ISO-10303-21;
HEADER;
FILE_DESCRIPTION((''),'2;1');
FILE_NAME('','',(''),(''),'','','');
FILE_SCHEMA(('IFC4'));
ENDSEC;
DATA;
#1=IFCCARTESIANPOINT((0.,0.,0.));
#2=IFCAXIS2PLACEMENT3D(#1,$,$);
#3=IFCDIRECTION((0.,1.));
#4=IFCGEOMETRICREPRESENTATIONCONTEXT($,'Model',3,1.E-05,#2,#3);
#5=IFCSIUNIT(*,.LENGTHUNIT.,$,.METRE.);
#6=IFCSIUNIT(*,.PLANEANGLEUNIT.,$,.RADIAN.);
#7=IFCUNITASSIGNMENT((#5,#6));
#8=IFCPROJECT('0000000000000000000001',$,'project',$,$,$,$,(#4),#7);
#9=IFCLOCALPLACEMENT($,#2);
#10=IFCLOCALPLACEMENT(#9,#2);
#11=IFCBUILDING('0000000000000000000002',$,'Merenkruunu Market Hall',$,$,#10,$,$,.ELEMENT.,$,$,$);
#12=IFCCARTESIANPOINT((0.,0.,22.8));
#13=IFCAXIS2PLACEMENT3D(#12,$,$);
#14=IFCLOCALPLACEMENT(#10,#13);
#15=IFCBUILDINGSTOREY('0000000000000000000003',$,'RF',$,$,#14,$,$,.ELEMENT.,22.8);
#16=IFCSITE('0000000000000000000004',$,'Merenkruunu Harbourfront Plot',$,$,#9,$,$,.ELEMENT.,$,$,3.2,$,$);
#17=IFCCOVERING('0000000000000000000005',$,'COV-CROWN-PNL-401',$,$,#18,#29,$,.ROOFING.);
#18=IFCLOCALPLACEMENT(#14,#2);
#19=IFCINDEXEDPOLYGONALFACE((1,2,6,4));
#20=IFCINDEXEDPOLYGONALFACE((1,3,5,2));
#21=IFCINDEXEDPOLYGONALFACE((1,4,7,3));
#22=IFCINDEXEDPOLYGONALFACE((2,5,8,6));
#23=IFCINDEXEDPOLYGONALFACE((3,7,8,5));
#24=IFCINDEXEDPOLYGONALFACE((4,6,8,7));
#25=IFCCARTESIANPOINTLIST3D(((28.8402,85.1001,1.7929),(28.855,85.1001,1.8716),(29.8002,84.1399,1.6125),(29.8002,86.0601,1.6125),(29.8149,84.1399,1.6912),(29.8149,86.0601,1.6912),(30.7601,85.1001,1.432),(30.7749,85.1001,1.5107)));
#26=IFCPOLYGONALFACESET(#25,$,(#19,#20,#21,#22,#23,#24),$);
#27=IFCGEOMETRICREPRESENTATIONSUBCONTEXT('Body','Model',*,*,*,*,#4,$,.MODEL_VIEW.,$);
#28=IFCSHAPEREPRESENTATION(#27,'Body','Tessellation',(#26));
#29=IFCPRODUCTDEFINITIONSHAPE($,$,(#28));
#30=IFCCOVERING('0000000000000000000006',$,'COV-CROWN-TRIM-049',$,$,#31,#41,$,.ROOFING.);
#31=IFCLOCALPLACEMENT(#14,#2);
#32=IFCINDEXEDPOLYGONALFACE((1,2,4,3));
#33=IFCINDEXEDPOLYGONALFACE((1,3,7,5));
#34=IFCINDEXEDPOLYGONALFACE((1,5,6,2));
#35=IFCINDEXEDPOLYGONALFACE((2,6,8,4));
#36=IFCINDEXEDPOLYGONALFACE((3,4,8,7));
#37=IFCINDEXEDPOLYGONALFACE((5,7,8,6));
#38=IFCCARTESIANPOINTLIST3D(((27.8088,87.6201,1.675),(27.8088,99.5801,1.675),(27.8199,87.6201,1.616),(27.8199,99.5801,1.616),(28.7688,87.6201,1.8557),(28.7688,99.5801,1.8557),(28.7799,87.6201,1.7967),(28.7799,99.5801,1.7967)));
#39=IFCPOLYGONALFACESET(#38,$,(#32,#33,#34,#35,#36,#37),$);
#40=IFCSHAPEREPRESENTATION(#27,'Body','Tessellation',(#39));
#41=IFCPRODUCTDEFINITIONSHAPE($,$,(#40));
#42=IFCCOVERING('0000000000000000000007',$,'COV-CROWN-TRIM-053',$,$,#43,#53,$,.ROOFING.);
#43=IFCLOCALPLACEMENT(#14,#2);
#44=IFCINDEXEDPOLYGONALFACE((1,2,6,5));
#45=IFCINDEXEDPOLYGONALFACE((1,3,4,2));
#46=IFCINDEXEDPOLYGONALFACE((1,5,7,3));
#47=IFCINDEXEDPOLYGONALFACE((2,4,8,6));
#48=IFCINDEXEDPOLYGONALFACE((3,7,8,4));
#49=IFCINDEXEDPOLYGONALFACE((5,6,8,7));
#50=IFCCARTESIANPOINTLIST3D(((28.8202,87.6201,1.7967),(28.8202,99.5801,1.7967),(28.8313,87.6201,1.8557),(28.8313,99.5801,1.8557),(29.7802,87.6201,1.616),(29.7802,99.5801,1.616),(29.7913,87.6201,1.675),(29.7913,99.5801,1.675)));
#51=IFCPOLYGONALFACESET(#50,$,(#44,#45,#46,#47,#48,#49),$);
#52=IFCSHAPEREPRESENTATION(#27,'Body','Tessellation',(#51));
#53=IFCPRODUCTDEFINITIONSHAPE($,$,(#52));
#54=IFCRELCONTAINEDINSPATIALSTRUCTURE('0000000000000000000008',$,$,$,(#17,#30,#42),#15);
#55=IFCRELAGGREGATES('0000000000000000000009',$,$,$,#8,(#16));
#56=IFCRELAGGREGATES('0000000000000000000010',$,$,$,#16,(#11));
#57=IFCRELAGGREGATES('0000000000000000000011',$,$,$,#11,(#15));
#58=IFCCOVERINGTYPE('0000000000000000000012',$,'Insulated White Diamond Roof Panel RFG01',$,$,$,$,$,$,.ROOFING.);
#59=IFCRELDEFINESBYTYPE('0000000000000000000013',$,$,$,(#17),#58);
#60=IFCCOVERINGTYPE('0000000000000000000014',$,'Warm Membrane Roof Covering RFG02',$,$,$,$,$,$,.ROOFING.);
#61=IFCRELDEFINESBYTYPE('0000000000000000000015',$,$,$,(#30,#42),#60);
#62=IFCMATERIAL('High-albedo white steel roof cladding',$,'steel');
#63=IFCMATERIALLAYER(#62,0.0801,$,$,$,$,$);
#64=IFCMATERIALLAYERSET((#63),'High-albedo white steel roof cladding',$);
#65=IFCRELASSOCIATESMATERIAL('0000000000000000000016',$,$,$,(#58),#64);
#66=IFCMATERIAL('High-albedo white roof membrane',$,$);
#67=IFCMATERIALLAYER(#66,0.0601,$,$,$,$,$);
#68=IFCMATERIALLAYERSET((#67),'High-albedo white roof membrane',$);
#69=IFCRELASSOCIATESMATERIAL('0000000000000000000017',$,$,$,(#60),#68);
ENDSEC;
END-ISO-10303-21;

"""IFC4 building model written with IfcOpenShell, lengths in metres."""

from ifc_helpers import new_model, si_unit, direction, frame, origin, place, context, subcontext, project, spatial, polyline, outline, extrude, material, layer, layer_set, type_object, element, save


model = new_model("IFC4")

# Units and contexts
model_context = context("Model", 3, precision=1e-05, world=origin(), true_north=direction((0.0, 1.0)))
body_context = subcontext(model_context, "Body", "Model", "MODEL_VIEW")
ifc_project = project(units=[si_unit("LENGTHUNIT", "METRE"), si_unit("PLANEANGLEUNIT", "RADIAN")], contexts=[model_context])

# Site, building, storey
site_placement = place(None, origin())
site = spatial("IfcSite", under=ifc_project, at=site_placement, Name="Merenkruunu Harbourfront Plot", CompositionType="ELEMENT", RefElevation=3.2)
building_placement = place(site_placement, origin())
building = spatial("IfcBuilding", under=site, at=building_placement, Name="Merenkruunu Market Hall", CompositionType="ELEMENT")
storey_placement = place(building_placement, frame((0.0, 0.0, 22.8)))
storey = spatial("IfcBuildingStorey", under=building, at=storey_placement, Name="RF", CompositionType="ELEMENT", Elevation=22.8)

# Coverings
ifc_material_1 = material(Name="High-albedo white steel roof cladding", Category="steel")
ifc_layer_1 = layer(ifc_material_1, 0.0801)
ifc_layer_set_1 = layer_set([ifc_layer_1], Name="High-albedo white steel roof cladding")
covering_type_1 = type_object("IfcCoveringType", Name="Insulated White Diamond Roof Panel RFG01", PredefinedType="ROOFING", material=ifc_layer_set_1)
for number, where, z_axis, x_axis, name in (
    (1, (28.855, 85.1001, 1.8716), (0.184711, 0.0, 0.982793), (0.700856, -0.701035, -0.131722), "COV-CROWN-PNL-401"),
):
    element("IfcCovering", number, at=place(storey_placement, frame(where, z_axis=z_axis, x_axis=x_axis)), inside=storey, type_object=covering_type_1, Name=name, PredefinedType="ROOFING", context=body_context, shape_type="SweptSolid", body=[
        extrude(outline(polyline([(0.0, 0.0), (1.3697, 0.0), (1.3931, 1.3695), (0.0236, 1.3693), (0.0, 0.0)])), origin(), (0.0, 0.0, -1.0), 0.0801),
    ])
ifc_material_2 = material(Name="High-albedo white roof membrane")
ifc_layer_2 = layer(ifc_material_2, 0.0601)
ifc_layer_set_2 = layer_set([ifc_layer_2], Name="High-albedo white roof membrane")
covering_type_2 = type_object("IfcCoveringType", Name="Warm Membrane Roof Covering RFG02", PredefinedType="ROOFING", material=ifc_layer_set_2)
for number, where, z_axis, x_axis, name in (
    (2, (27.8088, 87.6201, 1.675), (-0.184952, 0.0, 0.982747), (0.982747, 0.0, 0.184952), "COV-CROWN-TRIM-049"),
    (3, (28.8313, 87.6201, 1.8557), (0.184952, 0.0, 0.982747), (0.982747, 0.0, -0.184952), "COV-CROWN-TRIM-053"),
):
    element("IfcCovering", number, at=place(storey_placement, frame(where, z_axis=z_axis, x_axis=x_axis)), inside=storey, type_object=covering_type_2, Name=name, PredefinedType="ROOFING", context=body_context, shape_type="SweptSolid", body=[
        extrude(outline(polyline([(0.0, 0.0), (0.9768, 0.0), (0.9768, 11.96), (0.0, 11.96), (0.0, 0.0)])), origin(), (0.0, 0.0, -1.0), 0.0601),
    ])

save(model, "model.ifc")
